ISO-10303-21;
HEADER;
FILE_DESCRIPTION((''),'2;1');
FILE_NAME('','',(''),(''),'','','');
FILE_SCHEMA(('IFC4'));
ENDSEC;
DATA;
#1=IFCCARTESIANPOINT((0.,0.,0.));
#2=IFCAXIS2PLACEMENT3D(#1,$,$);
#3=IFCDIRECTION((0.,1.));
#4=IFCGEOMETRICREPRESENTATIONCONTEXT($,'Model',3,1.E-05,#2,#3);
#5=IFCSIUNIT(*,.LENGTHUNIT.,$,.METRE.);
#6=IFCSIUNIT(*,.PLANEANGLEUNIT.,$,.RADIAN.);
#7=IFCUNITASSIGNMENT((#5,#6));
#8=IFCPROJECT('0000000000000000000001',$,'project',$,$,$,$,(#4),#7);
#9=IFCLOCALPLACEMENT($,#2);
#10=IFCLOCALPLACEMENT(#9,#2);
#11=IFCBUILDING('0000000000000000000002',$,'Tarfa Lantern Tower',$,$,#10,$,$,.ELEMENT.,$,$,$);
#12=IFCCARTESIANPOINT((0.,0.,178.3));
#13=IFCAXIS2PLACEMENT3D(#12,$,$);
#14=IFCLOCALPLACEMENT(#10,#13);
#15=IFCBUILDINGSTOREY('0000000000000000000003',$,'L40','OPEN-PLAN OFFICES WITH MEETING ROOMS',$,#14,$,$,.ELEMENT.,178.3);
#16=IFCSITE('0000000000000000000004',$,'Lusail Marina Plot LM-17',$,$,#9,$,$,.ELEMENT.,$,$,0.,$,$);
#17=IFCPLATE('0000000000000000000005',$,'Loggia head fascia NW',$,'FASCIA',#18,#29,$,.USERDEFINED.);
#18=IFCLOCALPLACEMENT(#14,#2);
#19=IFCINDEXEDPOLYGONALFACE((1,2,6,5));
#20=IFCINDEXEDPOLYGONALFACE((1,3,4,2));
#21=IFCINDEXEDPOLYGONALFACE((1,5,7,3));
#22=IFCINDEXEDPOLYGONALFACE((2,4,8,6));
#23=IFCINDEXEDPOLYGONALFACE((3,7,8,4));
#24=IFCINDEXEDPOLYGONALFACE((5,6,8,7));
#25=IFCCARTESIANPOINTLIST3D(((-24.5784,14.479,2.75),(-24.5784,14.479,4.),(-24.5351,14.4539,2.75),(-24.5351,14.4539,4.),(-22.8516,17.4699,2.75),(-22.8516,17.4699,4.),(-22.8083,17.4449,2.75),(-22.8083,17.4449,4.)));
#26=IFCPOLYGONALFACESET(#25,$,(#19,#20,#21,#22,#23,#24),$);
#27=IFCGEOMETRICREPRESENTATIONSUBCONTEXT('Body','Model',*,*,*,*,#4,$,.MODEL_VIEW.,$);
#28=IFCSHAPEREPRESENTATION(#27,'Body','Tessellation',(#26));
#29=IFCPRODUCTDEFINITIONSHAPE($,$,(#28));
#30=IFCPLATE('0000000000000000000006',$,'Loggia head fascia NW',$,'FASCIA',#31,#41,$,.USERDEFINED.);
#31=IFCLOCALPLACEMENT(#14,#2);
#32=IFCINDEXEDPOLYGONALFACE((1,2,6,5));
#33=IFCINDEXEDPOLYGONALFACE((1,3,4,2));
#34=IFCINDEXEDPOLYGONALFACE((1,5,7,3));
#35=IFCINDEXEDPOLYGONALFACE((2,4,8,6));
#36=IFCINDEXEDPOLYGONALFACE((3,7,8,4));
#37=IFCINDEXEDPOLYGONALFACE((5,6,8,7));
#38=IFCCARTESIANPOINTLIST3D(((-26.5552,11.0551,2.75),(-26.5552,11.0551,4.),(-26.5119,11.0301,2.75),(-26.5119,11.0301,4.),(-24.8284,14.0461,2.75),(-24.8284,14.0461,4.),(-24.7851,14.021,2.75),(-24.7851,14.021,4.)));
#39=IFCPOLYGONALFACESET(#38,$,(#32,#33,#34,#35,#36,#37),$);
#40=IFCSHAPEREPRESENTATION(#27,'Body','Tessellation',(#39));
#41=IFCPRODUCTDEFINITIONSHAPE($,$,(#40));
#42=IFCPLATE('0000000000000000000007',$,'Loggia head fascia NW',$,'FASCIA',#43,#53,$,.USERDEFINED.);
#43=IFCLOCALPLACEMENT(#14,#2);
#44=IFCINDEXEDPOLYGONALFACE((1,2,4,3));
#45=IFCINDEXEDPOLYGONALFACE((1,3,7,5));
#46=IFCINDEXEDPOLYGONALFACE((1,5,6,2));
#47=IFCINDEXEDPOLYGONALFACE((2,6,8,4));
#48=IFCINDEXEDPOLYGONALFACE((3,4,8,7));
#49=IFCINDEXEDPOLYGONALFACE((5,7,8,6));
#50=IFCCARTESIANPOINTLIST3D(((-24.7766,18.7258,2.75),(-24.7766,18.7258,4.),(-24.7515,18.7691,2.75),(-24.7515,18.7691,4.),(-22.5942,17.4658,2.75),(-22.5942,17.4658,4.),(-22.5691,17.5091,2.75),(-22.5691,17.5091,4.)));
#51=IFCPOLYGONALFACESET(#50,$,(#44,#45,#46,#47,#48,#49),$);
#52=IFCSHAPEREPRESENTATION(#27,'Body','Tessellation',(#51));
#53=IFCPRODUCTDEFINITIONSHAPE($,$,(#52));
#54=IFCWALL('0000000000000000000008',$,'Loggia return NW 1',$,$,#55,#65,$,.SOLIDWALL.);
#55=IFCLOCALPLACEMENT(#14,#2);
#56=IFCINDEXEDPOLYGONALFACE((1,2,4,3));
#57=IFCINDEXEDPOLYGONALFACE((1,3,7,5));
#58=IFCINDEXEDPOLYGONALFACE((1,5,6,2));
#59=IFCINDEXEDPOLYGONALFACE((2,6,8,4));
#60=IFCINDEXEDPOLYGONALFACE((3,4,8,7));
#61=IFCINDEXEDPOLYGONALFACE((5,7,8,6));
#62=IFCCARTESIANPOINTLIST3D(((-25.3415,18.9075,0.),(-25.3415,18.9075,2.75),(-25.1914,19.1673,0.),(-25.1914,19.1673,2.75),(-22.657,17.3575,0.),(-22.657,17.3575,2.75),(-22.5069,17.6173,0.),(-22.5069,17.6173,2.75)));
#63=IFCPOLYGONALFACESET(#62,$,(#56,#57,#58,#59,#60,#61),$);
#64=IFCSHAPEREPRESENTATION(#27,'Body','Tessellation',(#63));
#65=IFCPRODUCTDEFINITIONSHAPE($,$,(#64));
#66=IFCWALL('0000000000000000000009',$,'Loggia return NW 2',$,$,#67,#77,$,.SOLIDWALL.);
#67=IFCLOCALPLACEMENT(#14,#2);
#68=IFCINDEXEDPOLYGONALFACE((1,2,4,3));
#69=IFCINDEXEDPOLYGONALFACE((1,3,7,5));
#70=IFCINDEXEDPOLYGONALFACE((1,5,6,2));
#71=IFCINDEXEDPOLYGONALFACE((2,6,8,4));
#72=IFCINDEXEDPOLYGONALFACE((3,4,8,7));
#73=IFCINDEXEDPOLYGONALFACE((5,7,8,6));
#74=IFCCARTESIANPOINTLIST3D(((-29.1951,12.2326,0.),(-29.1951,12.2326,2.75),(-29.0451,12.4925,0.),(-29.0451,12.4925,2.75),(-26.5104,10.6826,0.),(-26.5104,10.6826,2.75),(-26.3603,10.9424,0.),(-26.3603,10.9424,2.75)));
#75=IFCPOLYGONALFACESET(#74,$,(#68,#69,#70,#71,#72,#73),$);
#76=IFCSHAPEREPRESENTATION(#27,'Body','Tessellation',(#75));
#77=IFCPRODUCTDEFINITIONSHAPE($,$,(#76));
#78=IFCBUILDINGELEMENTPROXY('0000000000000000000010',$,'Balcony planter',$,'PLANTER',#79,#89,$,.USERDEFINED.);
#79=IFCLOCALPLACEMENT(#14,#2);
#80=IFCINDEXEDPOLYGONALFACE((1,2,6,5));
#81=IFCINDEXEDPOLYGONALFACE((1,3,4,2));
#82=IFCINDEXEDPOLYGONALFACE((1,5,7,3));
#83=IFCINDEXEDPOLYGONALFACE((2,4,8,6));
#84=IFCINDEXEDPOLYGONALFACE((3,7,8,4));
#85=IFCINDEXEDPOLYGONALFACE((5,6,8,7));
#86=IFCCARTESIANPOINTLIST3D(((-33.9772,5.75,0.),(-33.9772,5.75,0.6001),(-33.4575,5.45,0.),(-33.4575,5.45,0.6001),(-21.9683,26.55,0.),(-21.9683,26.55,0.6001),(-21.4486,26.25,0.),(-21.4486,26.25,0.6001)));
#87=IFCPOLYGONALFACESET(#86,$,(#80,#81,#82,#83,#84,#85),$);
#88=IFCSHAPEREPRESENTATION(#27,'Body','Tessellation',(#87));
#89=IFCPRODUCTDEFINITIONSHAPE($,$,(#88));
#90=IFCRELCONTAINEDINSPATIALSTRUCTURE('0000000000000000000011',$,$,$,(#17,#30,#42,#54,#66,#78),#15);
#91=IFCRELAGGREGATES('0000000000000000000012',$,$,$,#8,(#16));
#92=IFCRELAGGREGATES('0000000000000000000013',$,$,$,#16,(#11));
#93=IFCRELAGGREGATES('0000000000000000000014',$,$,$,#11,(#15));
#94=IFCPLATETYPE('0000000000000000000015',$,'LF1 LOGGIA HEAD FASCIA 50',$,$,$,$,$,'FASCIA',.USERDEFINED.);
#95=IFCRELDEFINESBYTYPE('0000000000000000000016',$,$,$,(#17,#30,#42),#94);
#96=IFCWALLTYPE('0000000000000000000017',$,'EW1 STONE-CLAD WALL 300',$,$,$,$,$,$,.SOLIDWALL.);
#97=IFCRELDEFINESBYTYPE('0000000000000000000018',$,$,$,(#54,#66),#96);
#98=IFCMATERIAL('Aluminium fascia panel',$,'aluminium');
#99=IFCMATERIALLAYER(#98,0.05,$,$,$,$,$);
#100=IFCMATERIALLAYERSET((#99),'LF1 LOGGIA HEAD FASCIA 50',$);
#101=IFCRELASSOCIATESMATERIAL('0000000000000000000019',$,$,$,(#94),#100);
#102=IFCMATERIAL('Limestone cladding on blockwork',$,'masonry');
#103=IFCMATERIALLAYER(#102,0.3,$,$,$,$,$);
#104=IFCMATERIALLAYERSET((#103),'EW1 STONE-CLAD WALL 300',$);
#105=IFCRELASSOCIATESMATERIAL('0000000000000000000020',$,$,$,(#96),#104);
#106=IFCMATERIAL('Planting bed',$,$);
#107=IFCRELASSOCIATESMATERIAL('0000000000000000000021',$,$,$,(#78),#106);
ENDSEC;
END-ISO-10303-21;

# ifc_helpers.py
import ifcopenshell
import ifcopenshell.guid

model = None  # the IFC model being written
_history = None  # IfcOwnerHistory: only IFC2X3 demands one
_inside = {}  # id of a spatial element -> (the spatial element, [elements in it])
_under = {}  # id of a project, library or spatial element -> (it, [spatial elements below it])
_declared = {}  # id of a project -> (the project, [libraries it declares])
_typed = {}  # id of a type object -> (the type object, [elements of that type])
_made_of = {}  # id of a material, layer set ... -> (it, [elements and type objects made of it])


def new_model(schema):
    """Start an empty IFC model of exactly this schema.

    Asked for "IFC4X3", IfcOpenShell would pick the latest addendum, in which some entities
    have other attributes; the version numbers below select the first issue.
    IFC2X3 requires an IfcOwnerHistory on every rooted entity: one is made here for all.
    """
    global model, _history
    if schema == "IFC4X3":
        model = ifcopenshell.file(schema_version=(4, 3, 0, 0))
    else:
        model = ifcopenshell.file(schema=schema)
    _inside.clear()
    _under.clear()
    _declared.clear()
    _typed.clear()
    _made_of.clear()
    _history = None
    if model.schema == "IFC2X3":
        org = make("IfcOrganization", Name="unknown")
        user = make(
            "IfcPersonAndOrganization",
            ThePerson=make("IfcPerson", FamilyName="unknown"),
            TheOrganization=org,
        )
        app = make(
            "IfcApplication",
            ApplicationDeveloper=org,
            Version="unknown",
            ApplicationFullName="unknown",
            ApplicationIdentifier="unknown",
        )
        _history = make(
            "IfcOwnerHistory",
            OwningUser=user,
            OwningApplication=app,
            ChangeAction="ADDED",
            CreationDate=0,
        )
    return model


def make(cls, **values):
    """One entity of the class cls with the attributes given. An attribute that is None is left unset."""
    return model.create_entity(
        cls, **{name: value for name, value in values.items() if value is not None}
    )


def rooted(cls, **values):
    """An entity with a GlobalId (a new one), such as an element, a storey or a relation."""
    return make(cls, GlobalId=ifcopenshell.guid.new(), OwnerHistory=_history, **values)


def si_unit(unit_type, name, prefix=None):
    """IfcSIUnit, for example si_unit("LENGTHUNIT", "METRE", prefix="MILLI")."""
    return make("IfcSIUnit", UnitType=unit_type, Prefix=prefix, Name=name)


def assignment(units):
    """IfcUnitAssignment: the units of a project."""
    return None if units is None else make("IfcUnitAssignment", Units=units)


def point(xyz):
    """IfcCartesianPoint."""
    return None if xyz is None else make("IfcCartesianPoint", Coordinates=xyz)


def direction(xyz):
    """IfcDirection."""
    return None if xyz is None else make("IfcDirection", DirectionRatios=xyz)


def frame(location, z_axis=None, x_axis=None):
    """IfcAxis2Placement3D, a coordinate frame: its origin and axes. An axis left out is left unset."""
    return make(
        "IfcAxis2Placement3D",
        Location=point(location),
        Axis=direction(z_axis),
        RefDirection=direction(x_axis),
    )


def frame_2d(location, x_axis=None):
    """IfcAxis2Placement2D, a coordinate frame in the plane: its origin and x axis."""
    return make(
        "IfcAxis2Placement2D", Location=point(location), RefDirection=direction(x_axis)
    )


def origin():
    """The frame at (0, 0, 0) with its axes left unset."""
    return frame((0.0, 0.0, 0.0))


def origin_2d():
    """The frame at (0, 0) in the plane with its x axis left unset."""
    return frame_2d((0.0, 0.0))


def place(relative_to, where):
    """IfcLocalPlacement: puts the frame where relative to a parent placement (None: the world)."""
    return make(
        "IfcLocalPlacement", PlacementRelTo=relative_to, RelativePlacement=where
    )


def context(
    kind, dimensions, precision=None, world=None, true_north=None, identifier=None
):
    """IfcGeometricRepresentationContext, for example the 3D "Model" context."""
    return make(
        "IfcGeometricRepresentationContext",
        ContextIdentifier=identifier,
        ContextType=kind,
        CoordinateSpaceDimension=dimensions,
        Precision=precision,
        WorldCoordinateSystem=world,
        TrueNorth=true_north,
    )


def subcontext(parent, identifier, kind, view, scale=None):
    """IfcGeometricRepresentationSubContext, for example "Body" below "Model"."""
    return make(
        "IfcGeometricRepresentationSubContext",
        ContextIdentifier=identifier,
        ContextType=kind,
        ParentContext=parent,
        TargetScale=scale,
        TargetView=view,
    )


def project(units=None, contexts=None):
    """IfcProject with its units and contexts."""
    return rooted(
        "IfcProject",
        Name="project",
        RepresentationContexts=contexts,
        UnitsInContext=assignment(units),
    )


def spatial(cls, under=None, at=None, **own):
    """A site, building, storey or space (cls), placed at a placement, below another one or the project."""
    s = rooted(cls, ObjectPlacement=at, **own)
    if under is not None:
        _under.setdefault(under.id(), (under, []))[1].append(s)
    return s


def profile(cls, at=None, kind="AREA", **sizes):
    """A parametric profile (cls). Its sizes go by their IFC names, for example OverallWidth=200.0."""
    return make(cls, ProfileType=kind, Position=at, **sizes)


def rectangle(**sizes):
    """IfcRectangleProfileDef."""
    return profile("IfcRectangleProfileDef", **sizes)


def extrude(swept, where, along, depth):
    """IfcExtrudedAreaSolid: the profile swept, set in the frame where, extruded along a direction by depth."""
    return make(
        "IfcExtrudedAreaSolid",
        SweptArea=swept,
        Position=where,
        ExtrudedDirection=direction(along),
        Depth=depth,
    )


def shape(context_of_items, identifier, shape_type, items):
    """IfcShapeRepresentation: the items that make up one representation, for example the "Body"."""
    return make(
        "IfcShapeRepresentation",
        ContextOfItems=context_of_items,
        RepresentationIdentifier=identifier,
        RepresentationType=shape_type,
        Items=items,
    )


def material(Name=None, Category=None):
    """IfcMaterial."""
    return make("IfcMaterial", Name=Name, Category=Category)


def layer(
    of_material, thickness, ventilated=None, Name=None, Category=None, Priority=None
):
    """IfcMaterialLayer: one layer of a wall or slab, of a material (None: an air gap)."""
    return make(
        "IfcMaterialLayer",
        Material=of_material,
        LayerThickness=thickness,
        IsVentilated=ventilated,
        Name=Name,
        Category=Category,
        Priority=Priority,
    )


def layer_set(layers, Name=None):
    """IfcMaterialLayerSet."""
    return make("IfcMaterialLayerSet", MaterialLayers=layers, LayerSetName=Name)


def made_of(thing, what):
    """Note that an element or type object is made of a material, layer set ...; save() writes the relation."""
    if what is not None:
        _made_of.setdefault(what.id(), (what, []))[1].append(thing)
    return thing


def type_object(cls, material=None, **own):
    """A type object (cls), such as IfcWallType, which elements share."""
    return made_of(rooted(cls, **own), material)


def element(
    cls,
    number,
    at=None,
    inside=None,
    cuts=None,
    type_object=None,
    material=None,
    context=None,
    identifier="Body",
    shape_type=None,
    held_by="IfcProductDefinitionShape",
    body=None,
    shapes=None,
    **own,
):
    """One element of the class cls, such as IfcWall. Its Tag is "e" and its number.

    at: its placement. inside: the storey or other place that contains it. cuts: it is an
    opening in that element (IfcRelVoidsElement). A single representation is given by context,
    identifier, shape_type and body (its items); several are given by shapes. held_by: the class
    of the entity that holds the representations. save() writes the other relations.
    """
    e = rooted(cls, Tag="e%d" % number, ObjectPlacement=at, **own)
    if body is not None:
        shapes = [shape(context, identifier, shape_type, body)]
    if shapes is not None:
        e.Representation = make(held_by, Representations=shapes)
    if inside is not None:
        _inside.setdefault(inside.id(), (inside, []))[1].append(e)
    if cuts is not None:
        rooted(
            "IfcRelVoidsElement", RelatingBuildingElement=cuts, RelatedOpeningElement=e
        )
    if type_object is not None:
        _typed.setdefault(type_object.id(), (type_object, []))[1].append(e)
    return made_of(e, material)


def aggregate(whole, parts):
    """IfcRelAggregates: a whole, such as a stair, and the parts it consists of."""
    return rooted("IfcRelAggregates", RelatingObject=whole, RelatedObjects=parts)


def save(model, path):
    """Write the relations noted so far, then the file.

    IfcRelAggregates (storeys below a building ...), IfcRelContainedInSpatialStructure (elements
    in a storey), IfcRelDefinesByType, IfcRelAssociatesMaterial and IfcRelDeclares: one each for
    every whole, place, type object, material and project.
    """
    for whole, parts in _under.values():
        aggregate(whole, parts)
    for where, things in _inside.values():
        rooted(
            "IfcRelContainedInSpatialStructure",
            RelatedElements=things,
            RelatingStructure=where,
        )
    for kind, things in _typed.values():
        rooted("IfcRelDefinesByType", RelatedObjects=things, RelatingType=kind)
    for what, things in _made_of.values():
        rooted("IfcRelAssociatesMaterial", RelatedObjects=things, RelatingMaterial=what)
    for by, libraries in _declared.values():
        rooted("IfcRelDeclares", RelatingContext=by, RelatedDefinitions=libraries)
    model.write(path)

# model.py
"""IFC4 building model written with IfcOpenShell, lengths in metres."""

from ifc_helpers import new_model, si_unit, direction, frame, frame_2d, origin, origin_2d, place, context, subcontext, project, spatial, rectangle, extrude, material, layer, layer_set, type_object, element, save


model = new_model("IFC4")

# Units and contexts
model_context = context("Model", 3, precision=1e-05, world=origin(), true_north=direction((0.0, 1.0)))
body_context = subcontext(model_context, "Body", "Model", "MODEL_VIEW")
ifc_project = project(units=[si_unit("LENGTHUNIT", "METRE"), si_unit("PLANEANGLEUNIT", "RADIAN")], contexts=[model_context])

# Site, building, storey
site_placement = place(None, origin())
site = spatial("IfcSite", under=ifc_project, at=site_placement, Name="Lusail Marina Plot LM-17", CompositionType="ELEMENT", RefElevation=0.0)
building_placement = place(site_placement, origin())
building = spatial("IfcBuilding", under=site, at=building_placement, Name="Tarfa Lantern Tower", CompositionType="ELEMENT")
storey_placement = place(building_placement, frame((0.0, 0.0, 178.3)))
storey = spatial("IfcBuildingStorey", under=building, at=storey_placement, Name="L40", Description="OPEN-PLAN OFFICES WITH MEETING ROOMS", CompositionType="ELEMENT", Elevation=178.3)

# Plates
ifc_material_1 = material(Name="Aluminium fascia panel", Category="aluminium")
ifc_layer_1 = layer(ifc_material_1, 0.05)
ifc_layer_set_1 = layer_set([ifc_layer_1], Name="LF1 LOGGIA HEAD FASCIA 50")
plate_type_1 = type_object("IfcPlateType", Name="LF1 LOGGIA HEAD FASCIA 50", ElementType="FASCIA", PredefinedType="USERDEFINED", material=ifc_layer_set_1)
for number, where, z_axis, x_axis, name in (
    (1, (-23.6934, 15.9619, 2.75), (0.0, 0.0, 1.0), (-0.5, -0.866025, 0.0), "Loggia head fascia NW"),
    (2, (-25.6702, 12.5381, 2.75), (0.0, 0.0, 1.0), (-0.5, -0.866025, 0.0), "Loggia head fascia NW"),
):
    element("IfcPlate", number, at=place(storey_placement, frame(where, z_axis=z_axis, x_axis=x_axis)), inside=storey, type_object=plate_type_1, Name=name, ObjectType="FASCIA", PredefinedType="USERDEFINED", context=body_context, shape_type="SweptSolid", body=[
        extrude(rectangle(XDim=3.4536, YDim=0.05, at=origin_2d()), origin(), (0.0, 0.0, 1.0), 1.25),
    ])
plate_1_placement = place(storey_placement, frame((-23.6729, 18.1174, 2.75), z_axis=(0.0, 0.0, 1.0), x_axis=(0.866025, -0.5, 0.0)))
element("IfcPlate", 3, at=plate_1_placement, inside=storey, type_object=plate_type_1, Name="Loggia head fascia NW", ObjectType="FASCIA", PredefinedType="USERDEFINED", context=body_context, shape_type="SweptSolid", body=[
    extrude(rectangle(XDim=2.52, YDim=0.05, at=origin_2d()), origin(), (0.0, 0.0, 1.0), 1.25),
])

# Walls
ifc_material_2 = material(Name="Limestone cladding on blockwork", Category="masonry")
ifc_layer_2 = layer(ifc_material_2, 0.3)
ifc_layer_set_2 = layer_set([ifc_layer_2], Name="EW1 STONE-CLAD WALL 300")
wall_type = type_object("IfcWallType", Name="EW1 STONE-CLAD WALL 300", PredefinedType="SOLIDWALL", material=ifc_layer_set_2)
wall_1_placement = place(storey_placement, frame((-25.2664, 19.0374, 0.0), z_axis=(0.0, 0.0, 1.0), x_axis=(0.86601, -0.500027, 0.0)))
element("IfcWall", 4, at=wall_1_placement, inside=storey, type_object=wall_type, Name="Loggia return NW 1", PredefinedType="SOLIDWALL", context=body_context, shape_type="SweptSolid", body=[
    extrude(rectangle(XDim=3.0999, YDim=0.3, at=frame_2d((1.5498, 0.0))), origin(), (0.0, 0.0, 1.0), 2.75),
])
wall_2_placement = place(storey_placement, frame((-29.1201, 12.3625, 0.0), z_axis=(0.0, 0.0, 1.0), x_axis=(0.86603, -0.499993, 0.0)))
element("IfcWall", 5, at=wall_2_placement, inside=storey, type_object=wall_type, Name="Loggia return NW 2", PredefinedType="SOLIDWALL", context=body_context, shape_type="SweptSolid", body=[
    extrude(rectangle(XDim=3.1001, YDim=0.3, at=frame_2d((1.55, 0.0))), origin(), (0.0, 0.0, 1.0), 2.75),
])

# Building element proxy
ifc_material_3 = material(Name="Planting bed")
proxy_placement = place(storey_placement, frame((-27.7129, 16.0, 0.0), z_axis=(0.0, 0.0, 1.0), x_axis=(-0.5, -0.866025, 0.0)))
element("IfcBuildingElementProxy", 6, at=proxy_placement, inside=storey, material=ifc_material_3, Name="Balcony planter", ObjectType="PLANTER", PredefinedType="USERDEFINED", context=body_context, shape_type="SweptSolid", body=[
    extrude(rectangle(XDim=24.0178, YDim=0.6001, at=origin_2d()), origin(), (0.0, 0.0, 1.0), 0.6001),
])

save(model, "model.ifc")
